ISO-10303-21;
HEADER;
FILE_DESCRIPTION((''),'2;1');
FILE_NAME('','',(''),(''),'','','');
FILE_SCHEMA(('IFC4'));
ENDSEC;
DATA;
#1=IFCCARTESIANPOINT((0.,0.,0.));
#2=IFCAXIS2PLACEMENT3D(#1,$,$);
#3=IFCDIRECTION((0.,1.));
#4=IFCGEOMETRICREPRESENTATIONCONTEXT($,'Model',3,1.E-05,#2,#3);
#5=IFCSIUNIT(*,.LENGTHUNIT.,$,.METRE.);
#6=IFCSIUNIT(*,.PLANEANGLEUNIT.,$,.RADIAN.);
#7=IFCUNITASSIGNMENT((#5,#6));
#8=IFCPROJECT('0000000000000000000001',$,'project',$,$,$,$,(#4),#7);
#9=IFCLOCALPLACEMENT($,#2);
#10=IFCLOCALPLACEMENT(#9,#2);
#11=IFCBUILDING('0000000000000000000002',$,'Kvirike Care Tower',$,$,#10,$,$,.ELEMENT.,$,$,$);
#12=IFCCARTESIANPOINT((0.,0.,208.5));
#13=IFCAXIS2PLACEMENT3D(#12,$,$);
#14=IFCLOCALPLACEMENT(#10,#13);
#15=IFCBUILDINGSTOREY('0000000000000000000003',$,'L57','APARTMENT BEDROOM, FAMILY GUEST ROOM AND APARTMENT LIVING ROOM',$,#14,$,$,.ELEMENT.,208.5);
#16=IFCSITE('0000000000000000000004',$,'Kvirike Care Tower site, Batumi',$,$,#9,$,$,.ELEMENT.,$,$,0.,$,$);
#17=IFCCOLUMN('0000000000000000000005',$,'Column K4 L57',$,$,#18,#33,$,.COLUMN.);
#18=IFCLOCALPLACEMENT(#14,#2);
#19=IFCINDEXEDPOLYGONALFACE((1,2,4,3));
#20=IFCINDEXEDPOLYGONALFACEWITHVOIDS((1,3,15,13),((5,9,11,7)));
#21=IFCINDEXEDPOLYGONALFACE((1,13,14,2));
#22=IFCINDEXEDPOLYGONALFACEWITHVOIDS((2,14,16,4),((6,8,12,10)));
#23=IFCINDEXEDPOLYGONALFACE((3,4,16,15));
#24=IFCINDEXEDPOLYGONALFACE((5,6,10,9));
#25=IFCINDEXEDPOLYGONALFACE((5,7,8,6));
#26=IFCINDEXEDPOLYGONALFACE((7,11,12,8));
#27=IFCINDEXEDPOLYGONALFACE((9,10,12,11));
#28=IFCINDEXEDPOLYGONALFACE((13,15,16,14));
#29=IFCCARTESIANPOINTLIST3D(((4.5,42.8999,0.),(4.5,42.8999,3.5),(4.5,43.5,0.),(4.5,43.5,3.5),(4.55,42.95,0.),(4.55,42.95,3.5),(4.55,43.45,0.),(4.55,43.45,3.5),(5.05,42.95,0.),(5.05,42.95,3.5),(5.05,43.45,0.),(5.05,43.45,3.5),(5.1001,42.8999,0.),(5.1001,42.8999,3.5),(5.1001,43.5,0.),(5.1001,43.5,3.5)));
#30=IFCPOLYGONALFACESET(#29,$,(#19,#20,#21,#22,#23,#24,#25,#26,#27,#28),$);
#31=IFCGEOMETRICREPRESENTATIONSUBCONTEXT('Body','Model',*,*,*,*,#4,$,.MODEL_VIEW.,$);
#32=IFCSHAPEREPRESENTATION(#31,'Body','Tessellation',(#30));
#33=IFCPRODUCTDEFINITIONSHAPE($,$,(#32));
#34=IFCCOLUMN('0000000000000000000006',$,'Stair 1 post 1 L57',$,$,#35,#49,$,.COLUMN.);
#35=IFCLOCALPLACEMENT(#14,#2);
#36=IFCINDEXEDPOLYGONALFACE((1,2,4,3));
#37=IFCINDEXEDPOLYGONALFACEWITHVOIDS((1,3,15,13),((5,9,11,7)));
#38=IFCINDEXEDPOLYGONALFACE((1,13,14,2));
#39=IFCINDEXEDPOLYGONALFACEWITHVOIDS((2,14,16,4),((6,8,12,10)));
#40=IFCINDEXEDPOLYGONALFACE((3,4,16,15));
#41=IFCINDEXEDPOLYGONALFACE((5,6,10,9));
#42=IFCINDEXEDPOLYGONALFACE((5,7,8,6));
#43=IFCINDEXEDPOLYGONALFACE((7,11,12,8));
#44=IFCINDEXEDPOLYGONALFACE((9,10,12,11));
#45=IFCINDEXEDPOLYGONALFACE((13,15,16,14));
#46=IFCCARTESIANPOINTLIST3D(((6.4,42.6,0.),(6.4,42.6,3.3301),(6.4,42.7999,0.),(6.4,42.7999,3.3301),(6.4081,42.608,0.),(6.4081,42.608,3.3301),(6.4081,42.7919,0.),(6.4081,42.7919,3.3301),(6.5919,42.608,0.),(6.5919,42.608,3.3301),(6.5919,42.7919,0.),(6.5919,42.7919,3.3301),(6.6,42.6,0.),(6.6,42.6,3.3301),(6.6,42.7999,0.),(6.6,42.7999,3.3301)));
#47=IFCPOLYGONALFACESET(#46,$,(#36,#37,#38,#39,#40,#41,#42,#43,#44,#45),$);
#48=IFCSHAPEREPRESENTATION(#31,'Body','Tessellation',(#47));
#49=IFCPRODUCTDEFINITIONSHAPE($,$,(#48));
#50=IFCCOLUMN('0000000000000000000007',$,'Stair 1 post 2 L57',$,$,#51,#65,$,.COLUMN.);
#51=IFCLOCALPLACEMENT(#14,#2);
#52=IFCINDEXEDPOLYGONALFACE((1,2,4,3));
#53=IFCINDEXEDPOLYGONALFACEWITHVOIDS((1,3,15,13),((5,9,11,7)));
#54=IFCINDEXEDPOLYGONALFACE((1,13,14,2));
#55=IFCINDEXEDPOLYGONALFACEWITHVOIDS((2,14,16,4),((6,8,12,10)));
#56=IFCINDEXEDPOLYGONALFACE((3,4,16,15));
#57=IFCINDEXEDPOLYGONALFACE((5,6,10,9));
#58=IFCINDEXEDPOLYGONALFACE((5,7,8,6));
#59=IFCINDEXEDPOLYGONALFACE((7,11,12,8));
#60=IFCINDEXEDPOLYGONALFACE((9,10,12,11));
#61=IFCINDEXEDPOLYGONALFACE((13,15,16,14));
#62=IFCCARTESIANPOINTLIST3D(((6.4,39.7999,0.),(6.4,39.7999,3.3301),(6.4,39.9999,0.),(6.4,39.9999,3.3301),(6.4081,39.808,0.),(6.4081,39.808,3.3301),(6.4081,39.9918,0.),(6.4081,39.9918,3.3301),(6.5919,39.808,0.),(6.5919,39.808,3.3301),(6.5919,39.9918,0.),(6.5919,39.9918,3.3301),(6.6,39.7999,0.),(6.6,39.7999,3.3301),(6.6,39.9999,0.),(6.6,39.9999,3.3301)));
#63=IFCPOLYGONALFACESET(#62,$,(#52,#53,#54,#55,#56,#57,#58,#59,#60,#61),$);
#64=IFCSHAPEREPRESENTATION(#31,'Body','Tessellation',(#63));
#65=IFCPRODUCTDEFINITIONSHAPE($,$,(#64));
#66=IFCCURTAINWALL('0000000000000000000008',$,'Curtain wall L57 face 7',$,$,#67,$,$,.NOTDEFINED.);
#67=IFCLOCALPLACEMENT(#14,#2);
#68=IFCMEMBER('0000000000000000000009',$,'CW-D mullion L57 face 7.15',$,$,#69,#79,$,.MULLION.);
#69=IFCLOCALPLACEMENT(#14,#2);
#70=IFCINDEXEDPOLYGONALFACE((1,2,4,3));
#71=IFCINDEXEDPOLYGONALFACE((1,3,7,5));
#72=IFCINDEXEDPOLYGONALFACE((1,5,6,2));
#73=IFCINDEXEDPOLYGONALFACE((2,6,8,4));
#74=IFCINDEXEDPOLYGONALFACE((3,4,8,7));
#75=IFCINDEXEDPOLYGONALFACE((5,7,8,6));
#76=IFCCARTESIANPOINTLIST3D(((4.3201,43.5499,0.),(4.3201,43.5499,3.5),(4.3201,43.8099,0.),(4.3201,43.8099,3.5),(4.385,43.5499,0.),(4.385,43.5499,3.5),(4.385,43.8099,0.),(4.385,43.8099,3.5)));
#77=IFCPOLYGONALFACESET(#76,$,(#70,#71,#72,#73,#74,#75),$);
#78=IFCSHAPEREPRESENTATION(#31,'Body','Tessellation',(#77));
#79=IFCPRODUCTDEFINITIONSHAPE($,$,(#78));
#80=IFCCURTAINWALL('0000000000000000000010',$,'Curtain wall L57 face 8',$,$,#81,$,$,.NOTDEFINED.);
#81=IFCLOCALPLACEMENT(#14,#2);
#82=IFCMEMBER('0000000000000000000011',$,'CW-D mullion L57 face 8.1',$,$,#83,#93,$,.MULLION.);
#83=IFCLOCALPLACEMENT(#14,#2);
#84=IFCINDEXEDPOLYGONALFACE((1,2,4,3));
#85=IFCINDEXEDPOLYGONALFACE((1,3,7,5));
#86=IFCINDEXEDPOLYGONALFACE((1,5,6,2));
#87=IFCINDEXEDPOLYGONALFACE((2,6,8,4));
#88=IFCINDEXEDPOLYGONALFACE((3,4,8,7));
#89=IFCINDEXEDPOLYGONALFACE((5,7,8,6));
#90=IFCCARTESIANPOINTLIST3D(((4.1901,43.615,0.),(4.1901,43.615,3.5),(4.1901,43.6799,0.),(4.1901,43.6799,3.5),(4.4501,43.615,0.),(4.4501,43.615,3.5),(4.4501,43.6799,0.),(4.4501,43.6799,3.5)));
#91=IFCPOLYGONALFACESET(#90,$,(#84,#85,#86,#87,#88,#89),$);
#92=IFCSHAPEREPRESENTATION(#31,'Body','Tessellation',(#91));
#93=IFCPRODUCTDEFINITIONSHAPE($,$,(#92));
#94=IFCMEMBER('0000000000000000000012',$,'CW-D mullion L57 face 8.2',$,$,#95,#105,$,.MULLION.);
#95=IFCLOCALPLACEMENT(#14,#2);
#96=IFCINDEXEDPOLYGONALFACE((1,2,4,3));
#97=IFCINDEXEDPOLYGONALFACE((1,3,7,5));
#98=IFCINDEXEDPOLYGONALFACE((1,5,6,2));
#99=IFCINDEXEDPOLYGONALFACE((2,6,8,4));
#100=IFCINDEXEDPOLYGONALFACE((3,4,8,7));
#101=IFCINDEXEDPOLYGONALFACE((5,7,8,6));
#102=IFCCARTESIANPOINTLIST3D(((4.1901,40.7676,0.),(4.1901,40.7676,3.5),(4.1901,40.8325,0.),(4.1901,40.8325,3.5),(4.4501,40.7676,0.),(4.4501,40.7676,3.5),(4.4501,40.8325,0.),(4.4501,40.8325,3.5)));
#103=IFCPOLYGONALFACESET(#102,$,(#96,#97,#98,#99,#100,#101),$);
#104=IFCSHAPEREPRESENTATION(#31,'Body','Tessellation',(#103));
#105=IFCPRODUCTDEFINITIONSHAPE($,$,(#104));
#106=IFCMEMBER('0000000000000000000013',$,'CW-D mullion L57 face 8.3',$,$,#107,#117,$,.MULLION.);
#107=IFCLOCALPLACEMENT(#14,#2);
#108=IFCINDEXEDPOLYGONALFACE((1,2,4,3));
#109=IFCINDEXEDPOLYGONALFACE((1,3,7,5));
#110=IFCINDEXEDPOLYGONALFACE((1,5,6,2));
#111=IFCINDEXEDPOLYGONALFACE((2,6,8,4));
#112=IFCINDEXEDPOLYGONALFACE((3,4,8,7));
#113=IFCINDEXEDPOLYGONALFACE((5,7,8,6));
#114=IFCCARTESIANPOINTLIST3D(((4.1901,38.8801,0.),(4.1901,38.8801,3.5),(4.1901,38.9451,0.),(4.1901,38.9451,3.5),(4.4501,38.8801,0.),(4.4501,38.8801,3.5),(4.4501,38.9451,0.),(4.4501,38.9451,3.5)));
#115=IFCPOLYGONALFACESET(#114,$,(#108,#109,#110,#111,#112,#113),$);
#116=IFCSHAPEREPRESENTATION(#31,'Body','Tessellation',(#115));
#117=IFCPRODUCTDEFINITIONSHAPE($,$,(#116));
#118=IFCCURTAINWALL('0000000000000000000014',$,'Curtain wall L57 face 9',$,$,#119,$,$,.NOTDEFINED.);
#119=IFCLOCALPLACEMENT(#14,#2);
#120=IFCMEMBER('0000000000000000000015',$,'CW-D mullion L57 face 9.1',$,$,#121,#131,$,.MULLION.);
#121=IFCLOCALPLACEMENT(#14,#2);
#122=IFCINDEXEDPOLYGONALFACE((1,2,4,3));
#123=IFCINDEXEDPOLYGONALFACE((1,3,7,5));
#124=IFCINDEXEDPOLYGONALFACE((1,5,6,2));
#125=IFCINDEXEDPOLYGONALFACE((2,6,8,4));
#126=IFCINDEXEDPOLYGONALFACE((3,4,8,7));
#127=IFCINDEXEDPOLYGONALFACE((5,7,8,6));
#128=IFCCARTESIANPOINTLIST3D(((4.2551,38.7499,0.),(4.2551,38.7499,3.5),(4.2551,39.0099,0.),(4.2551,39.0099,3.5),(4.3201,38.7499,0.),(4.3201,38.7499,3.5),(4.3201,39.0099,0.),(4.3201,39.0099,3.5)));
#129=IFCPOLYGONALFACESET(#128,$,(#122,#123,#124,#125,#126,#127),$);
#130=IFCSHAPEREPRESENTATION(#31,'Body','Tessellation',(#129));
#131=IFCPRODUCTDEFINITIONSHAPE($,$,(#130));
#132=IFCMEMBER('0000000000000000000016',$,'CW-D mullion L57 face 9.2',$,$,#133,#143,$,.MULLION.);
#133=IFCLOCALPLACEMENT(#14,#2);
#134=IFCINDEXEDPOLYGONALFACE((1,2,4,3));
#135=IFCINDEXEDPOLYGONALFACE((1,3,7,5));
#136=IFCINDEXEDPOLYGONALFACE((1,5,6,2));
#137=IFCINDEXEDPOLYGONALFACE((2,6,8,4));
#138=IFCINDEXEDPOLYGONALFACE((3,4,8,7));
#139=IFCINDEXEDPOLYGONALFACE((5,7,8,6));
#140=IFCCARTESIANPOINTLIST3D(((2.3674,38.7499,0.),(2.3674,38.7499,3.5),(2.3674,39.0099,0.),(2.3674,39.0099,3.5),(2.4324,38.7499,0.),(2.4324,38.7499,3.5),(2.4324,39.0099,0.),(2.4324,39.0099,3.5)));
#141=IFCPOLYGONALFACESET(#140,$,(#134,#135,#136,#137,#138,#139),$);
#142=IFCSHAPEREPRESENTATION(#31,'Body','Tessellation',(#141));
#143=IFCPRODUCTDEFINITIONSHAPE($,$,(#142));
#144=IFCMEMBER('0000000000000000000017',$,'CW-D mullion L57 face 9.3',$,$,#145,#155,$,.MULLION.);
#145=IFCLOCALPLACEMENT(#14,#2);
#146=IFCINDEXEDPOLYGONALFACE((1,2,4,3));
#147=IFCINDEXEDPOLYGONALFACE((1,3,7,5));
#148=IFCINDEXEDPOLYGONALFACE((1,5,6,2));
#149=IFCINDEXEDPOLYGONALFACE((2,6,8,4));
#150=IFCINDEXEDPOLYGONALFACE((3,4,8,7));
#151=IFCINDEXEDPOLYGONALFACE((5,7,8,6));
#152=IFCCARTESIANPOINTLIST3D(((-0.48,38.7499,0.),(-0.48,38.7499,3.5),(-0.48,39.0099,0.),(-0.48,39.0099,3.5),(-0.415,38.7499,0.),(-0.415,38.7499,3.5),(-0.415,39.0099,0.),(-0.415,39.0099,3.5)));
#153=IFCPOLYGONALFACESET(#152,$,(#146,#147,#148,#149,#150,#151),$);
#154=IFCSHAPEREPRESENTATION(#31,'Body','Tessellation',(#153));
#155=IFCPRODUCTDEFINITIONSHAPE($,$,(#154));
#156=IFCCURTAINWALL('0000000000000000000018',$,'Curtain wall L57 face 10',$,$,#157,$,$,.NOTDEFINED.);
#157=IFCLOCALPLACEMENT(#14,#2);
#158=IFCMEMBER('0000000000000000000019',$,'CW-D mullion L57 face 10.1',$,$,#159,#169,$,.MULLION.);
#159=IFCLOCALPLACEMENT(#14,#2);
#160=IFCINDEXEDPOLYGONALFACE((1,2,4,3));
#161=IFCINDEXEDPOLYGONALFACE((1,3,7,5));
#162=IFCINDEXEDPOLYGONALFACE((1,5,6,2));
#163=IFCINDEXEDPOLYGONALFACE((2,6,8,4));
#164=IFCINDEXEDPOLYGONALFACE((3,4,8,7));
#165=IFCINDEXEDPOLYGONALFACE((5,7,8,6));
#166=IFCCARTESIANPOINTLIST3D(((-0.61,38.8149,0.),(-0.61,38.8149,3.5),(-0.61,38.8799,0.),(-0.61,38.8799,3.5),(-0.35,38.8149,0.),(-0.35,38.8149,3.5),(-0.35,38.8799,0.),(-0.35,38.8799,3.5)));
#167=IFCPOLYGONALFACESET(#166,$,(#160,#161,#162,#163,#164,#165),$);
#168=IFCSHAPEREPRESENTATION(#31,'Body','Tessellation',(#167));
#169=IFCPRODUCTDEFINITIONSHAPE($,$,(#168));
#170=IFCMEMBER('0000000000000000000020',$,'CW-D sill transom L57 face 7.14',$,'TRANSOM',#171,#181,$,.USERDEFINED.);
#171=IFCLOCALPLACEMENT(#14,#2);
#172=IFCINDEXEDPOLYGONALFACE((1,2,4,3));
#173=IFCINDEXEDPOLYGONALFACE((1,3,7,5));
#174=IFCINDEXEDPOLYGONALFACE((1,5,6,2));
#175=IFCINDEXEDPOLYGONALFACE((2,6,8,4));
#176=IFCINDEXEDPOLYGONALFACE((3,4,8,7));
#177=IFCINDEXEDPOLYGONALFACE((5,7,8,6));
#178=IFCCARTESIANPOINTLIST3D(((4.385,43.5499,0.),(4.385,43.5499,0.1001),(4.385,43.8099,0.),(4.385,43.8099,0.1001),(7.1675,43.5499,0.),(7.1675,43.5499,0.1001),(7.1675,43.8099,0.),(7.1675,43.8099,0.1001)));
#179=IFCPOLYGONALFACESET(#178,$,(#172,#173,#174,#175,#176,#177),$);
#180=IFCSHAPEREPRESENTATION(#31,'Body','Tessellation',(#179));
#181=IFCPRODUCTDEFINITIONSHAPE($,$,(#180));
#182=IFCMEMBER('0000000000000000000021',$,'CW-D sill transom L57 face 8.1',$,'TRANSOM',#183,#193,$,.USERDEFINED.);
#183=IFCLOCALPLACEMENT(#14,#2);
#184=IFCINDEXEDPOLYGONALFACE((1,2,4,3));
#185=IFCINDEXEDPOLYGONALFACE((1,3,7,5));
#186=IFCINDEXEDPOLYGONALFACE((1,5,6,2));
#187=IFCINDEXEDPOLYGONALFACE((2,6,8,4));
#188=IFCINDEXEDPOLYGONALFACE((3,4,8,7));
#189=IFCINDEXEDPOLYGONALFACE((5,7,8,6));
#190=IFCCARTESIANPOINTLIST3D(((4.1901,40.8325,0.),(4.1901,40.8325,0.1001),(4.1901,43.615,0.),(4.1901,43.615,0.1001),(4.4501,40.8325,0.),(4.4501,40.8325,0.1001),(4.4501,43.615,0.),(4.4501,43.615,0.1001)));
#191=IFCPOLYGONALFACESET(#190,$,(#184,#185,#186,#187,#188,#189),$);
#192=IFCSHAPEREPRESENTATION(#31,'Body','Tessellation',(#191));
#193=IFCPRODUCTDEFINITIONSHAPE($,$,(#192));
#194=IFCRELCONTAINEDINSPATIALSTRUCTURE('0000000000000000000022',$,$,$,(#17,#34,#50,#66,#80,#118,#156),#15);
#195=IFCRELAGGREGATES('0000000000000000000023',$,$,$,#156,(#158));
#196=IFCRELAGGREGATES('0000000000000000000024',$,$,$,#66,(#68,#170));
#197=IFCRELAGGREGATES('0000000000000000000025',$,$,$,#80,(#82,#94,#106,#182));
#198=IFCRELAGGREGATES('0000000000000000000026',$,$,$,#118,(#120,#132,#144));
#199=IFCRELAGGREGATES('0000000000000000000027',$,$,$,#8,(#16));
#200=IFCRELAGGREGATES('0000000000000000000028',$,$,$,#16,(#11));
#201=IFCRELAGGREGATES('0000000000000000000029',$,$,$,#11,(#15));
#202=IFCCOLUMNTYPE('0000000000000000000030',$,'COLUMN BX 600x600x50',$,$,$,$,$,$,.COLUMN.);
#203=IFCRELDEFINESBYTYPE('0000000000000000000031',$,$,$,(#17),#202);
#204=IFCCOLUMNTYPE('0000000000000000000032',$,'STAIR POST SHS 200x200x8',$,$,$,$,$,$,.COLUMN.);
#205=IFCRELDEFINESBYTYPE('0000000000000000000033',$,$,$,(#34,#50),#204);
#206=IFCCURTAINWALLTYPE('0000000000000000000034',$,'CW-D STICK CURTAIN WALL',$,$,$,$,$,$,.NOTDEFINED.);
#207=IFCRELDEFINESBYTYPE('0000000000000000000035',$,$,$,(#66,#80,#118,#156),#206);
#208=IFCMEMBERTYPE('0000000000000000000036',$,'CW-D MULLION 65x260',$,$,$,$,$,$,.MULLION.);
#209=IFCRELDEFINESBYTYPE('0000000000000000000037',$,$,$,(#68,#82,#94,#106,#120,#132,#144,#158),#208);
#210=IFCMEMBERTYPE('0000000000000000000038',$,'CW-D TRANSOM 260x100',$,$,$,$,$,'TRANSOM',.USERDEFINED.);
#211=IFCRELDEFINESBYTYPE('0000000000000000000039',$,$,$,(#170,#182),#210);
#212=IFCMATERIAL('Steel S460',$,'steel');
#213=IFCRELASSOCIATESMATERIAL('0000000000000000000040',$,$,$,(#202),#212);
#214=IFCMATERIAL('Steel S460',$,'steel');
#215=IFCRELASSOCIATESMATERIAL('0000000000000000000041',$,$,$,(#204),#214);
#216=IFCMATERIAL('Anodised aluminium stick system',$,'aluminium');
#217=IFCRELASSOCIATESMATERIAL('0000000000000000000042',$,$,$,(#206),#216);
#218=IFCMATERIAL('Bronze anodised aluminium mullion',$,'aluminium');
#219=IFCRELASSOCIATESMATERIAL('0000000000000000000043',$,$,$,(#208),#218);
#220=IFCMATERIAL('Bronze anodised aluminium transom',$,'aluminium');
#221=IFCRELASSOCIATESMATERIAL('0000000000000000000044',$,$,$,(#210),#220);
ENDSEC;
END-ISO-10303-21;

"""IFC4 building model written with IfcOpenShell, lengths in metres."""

from ifc_helpers import new_model, si_unit, direction, frame, origin, origin_2d, place, context, subcontext, project, spatial, rectangle, hollow_rectangle, extrude, material, material_profile, profile_set, type_object, element, aggregate, save


model = new_model("IFC4")

# Units and contexts
model_context = context("Model", 3, precision=1e-05, world=origin(), true_north=direction((0.0, 1.0)))
body_context = subcontext(model_context, "Body", "Model", "MODEL_VIEW")
ifc_project = project(units=[si_unit("LENGTHUNIT", "METRE"), si_unit("PLANEANGLEUNIT", "RADIAN")], contexts=[model_context])

# Site, building, storey
site_placement = place(None, origin())
site = spatial("IfcSite", under=ifc_project, at=site_placement, Name="Kvirike Care Tower site, Batumi", CompositionType="ELEMENT", RefElevation=0.0)
building_placement = place(site_placement, origin())
building = spatial("IfcBuilding", under=site, at=building_placement, Name="Kvirike Care Tower", CompositionType="ELEMENT")
storey_placement = place(building_placement, frame((0.0, 0.0, 208.5)))
storey = spatial("IfcBuildingStorey", under=building, at=storey_placement, Name="L57", Description="APARTMENT BEDROOM, FAMILY GUEST ROOM AND APARTMENT LIVING ROOM", CompositionType="ELEMENT", Elevation=208.5)

# Columns
ifc_material_1 = material(Name="Steel S460", Category="steel")
ifc_material_profile_1 = material_profile(ifc_material_1, hollow_rectangle(XDim=0.6001, YDim=0.6001, WallThickness=0.05, at=origin_2d()), Name="BX 600x600x50")
ifc_profile_set_1 = profile_set([ifc_material_profile_1], Name="Steel S460")
column_type_1 = type_object("IfcColumnType", Name="COLUMN BX 600x600x50", PredefinedType="COLUMN", material=ifc_profile_set_1)
column_placement = place(storey_placement, frame((4.8, 43.2, 0.0), z_axis=(0.0, 0.0, 1.0), x_axis=(0.0, 1.0, 0.0)))
element("IfcColumn", 1, at=column_placement, inside=storey, type_object=column_type_1, Name="Column K4 L57", PredefinedType="COLUMN", context=body_context, shape_type="SweptSolid", body=[
    extrude(hollow_rectangle(XDim=0.6001, YDim=0.6001, WallThickness=0.05, at=origin_2d()), origin(), (0.0, 0.0, 1.0), 3.5),
])
ifc_material_2 = material(Name="Steel S460", Category="steel")
ifc_material_profile_2 = material_profile(ifc_material_2, hollow_rectangle(XDim=0.2, YDim=0.2, WallThickness=0.0081, at=origin_2d()), Name="SHS 200x200x8")
ifc_profile_set_2 = profile_set([ifc_material_profile_2], Name="Steel S460")
column_type_2 = type_object("IfcColumnType", Name="STAIR POST SHS 200x200x8", PredefinedType="COLUMN", material=ifc_profile_set_2)
for number, where, z_axis, x_axis, name in (
    (2, (6.5, 42.7, 0.0), (0.0, 0.0, 1.0), (1.0, 0.0, 0.0), "Stair 1 post 1 L57"),
    (3, (6.5, 39.8999, 0.0), (0.0, 0.0, 1.0), (1.0, 0.0, 0.0), "Stair 1 post 2 L57"),
):
    element("IfcColumn", number, at=place(storey_placement, frame(where, z_axis=z_axis, x_axis=x_axis)), inside=storey, type_object=column_type_2, Name=name, PredefinedType="COLUMN", context=body_context, shape_type="SweptSolid", body=[
        extrude(hollow_rectangle(XDim=0.2, YDim=0.2, WallThickness=0.0081, at=origin_2d()), origin(), (0.0, 0.0, 1.0), 3.3301),
    ])

# Curtain wall, member
ifc_material_3 = material(Name="Anodised aluminium stick system", Category="aluminium")
curtain_wall_type = type_object("IfcCurtainWallType", Name="CW-D STICK CURTAIN WALL", PredefinedType="NOTDEFINED", material=ifc_material_3)
curtain_wall_1_placement = place(storey_placement, origin())
curtain_wall_1 = element("IfcCurtainWall", 4, at=curtain_wall_1_placement, inside=storey, type_object=curtain_wall_type, Name="Curtain wall L57 face 7", PredefinedType="NOTDEFINED")
ifc_material_4 = material(Name="Bronze anodised aluminium mullion", Category="aluminium")
ifc_material_profile_3 = material_profile(ifc_material_4, rectangle(XDim=0.0649, YDim=0.26, at=origin_2d()), Name="CW-D MULLION 65x260")
ifc_profile_set_3 = profile_set([ifc_material_profile_3], Name="Bronze anodised aluminium mullion")
member_type_1 = type_object("IfcMemberType", Name="CW-D MULLION 65x260", PredefinedType="MULLION", material=ifc_profile_set_3)
member_1_placement = place(storey_placement, frame((4.3525, 43.6799, 0.0), z_axis=(0.0, 0.0, 1.0), x_axis=(-1.0, 0.0, 0.0)))
member_1 = element("IfcMember", 5, at=member_1_placement, type_object=member_type_1, Name="CW-D mullion L57 face 7.15", PredefinedType="MULLION", context=body_context, shape_type="SweptSolid", body=[
    extrude(rectangle(XDim=0.0649, YDim=0.26, at=origin_2d()), origin(), (0.0, 0.0, 1.0), 3.5),
])

# Curtain walls, members
curtain_wall_2_placement = place(storey_placement, origin())
curtain_wall_2 = element("IfcCurtainWall", 6, at=curtain_wall_2_placement, inside=storey, type_object=curtain_wall_type, Name="Curtain wall L57 face 8", PredefinedType="NOTDEFINED")
member_2_placement = place(storey_placement, frame((4.3201, 43.6475, 0.0), z_axis=(0.0, 0.0, 1.0), x_axis=(0.0, -1.0, 0.0)))
member_2 = element("IfcMember", 7, at=member_2_placement, type_object=member_type_1, Name="CW-D mullion L57 face 8.1", PredefinedType="MULLION", context=body_context, shape_type="SweptSolid", body=[
    extrude(rectangle(XDim=0.0649, YDim=0.26, at=origin_2d()), origin(), (0.0, 0.0, 1.0), 3.5),
])
member_3_placement = place(storey_placement, frame((4.3201, 40.8, 0.0), z_axis=(0.0, 0.0, 1.0), x_axis=(0.0, -1.0, 0.0)))
member_3 = element("IfcMember", 8, at=member_3_placement, type_object=member_type_1, Name="CW-D mullion L57 face 8.2", PredefinedType="MULLION", context=body_context, shape_type="SweptSolid", body=[
    extrude(rectangle(XDim=0.0649, YDim=0.26, at=origin_2d()), origin(), (0.0, 0.0, 1.0), 3.5),
])
member_4_placement = place(storey_placement, frame((4.3201, 38.9126, 0.0), z_axis=(0.0, 0.0, 1.0), x_axis=(0.0, -1.0, 0.0)))
member_4 = element("IfcMember", 9, at=member_4_placement, type_object=member_type_1, Name="CW-D mullion L57 face 8.3", PredefinedType="MULLION", context=body_context, shape_type="SweptSolid", body=[
    extrude(rectangle(XDim=0.0649, YDim=0.26, at=origin_2d()), origin(), (0.0, 0.0, 1.0), 3.5),
])
curtain_wall_3_placement = place(storey_placement, origin())
curtain_wall_3 = element("IfcCurtainWall", 10, at=curtain_wall_3_placement, inside=storey, type_object=curtain_wall_type, Name="Curtain wall L57 face 9", PredefinedType="NOTDEFINED")
member_5_placement = place(storey_placement, frame((4.2876, 38.8799, 0.0), z_axis=(0.0, 0.0, 1.0), x_axis=(-1.0, 0.0, 0.0)))
member_5 = element("IfcMember", 11, at=member_5_placement, type_object=member_type_1, Name="CW-D mullion L57 face 9.1", PredefinedType="MULLION", context=body_context, shape_type="SweptSolid", body=[
    extrude(rectangle(XDim=0.0649, YDim=0.26, at=origin_2d()), origin(), (0.0, 0.0, 1.0), 3.5),
])
member_6_placement = place(storey_placement, frame((2.3999, 38.8799, 0.0), z_axis=(0.0, 0.0, 1.0), x_axis=(-1.0, 0.0, 0.0)))
member_6 = element("IfcMember", 12, at=member_6_placement, type_object=member_type_1, Name="CW-D mullion L57 face 9.2", PredefinedType="MULLION", context=body_context, shape_type="SweptSolid", body=[
    extrude(rectangle(XDim=0.0649, YDim=0.26, at=origin_2d()), origin(), (0.0, 0.0, 1.0), 3.5),
])
member_7_placement = place(storey_placement, frame((-0.4475, 38.8799, 0.0), z_axis=(0.0, 0.0, 1.0), x_axis=(-1.0, 0.0, 0.0)))
member_7 = element("IfcMember", 13, at=member_7_placement, type_object=member_type_1, Name="CW-D mullion L57 face 9.3", PredefinedType="MULLION", context=body_context, shape_type="SweptSolid", body=[
    extrude(rectangle(XDim=0.0649, YDim=0.26, at=origin_2d()), origin(), (0.0, 0.0, 1.0), 3.5),
])

# Curtain wall, member
curtain_wall_4_placement = place(storey_placement, origin())
curtain_wall_4 = element("IfcCurtainWall", 14, at=curtain_wall_4_placement, inside=storey, type_object=curtain_wall_type, Name="Curtain wall L57 face 10", PredefinedType="NOTDEFINED")
member_8_placement = place(storey_placement, frame((-0.48, 38.8474, 0.0), z_axis=(0.0, 0.0, 1.0), x_axis=(0.0, -1.0, 0.0)))
member_8 = element("IfcMember", 15, at=member_8_placement, type_object=member_type_1, Name="CW-D mullion L57 face 10.1", PredefinedType="MULLION", context=body_context, shape_type="SweptSolid", body=[
    extrude(rectangle(XDim=0.0649, YDim=0.26, at=origin_2d()), origin(), (0.0, 0.0, 1.0), 3.5),
])
aggregate(curtain_wall_4, [member_8])

# Members
ifc_material_5 = material(Name="Bronze anodised aluminium transom", Category="aluminium")
ifc_material_profile_4 = material_profile(ifc_material_5, rectangle(XDim=0.26, YDim=0.1001, at=origin_2d()), Name="CW-D TRANSOM 260x100")
ifc_profile_set_4 = profile_set([ifc_material_profile_4], Name="Bronze anodised aluminium transom")
member_type_2 = type_object("IfcMemberType", Name="CW-D TRANSOM 260x100", ElementType="TRANSOM", PredefinedType="USERDEFINED", material=ifc_profile_set_4)
member_9_placement = place(storey_placement, frame((7.1675, 43.6799, 0.05), z_axis=(-1.0, 0.0, 0.0), x_axis=(0.0, -1.0, 0.0)))
member_9 = element("IfcMember", 16, at=member_9_placement, type_object=member_type_2, Name="CW-D sill transom L57 face 7.14", ObjectType="TRANSOM", PredefinedType="USERDEFINED", context=body_context, shape_type="SweptSolid", body=[
    extrude(rectangle(XDim=0.26, YDim=0.1001, at=origin_2d()), origin(), (0.0, 0.0, 1.0), 2.7825),
])
member_10_placement = place(storey_placement, frame((4.3201, 43.615, 0.05), z_axis=(0.0, -1.0, 0.0), x_axis=(1.0, 0.0, 0.0)))
member_10 = element("IfcMember", 17, at=member_10_placement, type_object=member_type_2, Name="CW-D sill transom L57 face 8.1", ObjectType="TRANSOM", PredefinedType="USERDEFINED", context=body_context, shape_type="SweptSolid", body=[
    extrude(rectangle(XDim=0.26, YDim=0.1001, at=origin_2d()), origin(), (0.0, 0.0, 1.0), 2.7825),
])

aggregate(curtain_wall_1, [member_1, member_9])
aggregate(curtain_wall_2, [member_2, member_3, member_4, member_10])
aggregate(curtain_wall_3, [member_5, member_6, member_7])

save(model, "model.ifc")
